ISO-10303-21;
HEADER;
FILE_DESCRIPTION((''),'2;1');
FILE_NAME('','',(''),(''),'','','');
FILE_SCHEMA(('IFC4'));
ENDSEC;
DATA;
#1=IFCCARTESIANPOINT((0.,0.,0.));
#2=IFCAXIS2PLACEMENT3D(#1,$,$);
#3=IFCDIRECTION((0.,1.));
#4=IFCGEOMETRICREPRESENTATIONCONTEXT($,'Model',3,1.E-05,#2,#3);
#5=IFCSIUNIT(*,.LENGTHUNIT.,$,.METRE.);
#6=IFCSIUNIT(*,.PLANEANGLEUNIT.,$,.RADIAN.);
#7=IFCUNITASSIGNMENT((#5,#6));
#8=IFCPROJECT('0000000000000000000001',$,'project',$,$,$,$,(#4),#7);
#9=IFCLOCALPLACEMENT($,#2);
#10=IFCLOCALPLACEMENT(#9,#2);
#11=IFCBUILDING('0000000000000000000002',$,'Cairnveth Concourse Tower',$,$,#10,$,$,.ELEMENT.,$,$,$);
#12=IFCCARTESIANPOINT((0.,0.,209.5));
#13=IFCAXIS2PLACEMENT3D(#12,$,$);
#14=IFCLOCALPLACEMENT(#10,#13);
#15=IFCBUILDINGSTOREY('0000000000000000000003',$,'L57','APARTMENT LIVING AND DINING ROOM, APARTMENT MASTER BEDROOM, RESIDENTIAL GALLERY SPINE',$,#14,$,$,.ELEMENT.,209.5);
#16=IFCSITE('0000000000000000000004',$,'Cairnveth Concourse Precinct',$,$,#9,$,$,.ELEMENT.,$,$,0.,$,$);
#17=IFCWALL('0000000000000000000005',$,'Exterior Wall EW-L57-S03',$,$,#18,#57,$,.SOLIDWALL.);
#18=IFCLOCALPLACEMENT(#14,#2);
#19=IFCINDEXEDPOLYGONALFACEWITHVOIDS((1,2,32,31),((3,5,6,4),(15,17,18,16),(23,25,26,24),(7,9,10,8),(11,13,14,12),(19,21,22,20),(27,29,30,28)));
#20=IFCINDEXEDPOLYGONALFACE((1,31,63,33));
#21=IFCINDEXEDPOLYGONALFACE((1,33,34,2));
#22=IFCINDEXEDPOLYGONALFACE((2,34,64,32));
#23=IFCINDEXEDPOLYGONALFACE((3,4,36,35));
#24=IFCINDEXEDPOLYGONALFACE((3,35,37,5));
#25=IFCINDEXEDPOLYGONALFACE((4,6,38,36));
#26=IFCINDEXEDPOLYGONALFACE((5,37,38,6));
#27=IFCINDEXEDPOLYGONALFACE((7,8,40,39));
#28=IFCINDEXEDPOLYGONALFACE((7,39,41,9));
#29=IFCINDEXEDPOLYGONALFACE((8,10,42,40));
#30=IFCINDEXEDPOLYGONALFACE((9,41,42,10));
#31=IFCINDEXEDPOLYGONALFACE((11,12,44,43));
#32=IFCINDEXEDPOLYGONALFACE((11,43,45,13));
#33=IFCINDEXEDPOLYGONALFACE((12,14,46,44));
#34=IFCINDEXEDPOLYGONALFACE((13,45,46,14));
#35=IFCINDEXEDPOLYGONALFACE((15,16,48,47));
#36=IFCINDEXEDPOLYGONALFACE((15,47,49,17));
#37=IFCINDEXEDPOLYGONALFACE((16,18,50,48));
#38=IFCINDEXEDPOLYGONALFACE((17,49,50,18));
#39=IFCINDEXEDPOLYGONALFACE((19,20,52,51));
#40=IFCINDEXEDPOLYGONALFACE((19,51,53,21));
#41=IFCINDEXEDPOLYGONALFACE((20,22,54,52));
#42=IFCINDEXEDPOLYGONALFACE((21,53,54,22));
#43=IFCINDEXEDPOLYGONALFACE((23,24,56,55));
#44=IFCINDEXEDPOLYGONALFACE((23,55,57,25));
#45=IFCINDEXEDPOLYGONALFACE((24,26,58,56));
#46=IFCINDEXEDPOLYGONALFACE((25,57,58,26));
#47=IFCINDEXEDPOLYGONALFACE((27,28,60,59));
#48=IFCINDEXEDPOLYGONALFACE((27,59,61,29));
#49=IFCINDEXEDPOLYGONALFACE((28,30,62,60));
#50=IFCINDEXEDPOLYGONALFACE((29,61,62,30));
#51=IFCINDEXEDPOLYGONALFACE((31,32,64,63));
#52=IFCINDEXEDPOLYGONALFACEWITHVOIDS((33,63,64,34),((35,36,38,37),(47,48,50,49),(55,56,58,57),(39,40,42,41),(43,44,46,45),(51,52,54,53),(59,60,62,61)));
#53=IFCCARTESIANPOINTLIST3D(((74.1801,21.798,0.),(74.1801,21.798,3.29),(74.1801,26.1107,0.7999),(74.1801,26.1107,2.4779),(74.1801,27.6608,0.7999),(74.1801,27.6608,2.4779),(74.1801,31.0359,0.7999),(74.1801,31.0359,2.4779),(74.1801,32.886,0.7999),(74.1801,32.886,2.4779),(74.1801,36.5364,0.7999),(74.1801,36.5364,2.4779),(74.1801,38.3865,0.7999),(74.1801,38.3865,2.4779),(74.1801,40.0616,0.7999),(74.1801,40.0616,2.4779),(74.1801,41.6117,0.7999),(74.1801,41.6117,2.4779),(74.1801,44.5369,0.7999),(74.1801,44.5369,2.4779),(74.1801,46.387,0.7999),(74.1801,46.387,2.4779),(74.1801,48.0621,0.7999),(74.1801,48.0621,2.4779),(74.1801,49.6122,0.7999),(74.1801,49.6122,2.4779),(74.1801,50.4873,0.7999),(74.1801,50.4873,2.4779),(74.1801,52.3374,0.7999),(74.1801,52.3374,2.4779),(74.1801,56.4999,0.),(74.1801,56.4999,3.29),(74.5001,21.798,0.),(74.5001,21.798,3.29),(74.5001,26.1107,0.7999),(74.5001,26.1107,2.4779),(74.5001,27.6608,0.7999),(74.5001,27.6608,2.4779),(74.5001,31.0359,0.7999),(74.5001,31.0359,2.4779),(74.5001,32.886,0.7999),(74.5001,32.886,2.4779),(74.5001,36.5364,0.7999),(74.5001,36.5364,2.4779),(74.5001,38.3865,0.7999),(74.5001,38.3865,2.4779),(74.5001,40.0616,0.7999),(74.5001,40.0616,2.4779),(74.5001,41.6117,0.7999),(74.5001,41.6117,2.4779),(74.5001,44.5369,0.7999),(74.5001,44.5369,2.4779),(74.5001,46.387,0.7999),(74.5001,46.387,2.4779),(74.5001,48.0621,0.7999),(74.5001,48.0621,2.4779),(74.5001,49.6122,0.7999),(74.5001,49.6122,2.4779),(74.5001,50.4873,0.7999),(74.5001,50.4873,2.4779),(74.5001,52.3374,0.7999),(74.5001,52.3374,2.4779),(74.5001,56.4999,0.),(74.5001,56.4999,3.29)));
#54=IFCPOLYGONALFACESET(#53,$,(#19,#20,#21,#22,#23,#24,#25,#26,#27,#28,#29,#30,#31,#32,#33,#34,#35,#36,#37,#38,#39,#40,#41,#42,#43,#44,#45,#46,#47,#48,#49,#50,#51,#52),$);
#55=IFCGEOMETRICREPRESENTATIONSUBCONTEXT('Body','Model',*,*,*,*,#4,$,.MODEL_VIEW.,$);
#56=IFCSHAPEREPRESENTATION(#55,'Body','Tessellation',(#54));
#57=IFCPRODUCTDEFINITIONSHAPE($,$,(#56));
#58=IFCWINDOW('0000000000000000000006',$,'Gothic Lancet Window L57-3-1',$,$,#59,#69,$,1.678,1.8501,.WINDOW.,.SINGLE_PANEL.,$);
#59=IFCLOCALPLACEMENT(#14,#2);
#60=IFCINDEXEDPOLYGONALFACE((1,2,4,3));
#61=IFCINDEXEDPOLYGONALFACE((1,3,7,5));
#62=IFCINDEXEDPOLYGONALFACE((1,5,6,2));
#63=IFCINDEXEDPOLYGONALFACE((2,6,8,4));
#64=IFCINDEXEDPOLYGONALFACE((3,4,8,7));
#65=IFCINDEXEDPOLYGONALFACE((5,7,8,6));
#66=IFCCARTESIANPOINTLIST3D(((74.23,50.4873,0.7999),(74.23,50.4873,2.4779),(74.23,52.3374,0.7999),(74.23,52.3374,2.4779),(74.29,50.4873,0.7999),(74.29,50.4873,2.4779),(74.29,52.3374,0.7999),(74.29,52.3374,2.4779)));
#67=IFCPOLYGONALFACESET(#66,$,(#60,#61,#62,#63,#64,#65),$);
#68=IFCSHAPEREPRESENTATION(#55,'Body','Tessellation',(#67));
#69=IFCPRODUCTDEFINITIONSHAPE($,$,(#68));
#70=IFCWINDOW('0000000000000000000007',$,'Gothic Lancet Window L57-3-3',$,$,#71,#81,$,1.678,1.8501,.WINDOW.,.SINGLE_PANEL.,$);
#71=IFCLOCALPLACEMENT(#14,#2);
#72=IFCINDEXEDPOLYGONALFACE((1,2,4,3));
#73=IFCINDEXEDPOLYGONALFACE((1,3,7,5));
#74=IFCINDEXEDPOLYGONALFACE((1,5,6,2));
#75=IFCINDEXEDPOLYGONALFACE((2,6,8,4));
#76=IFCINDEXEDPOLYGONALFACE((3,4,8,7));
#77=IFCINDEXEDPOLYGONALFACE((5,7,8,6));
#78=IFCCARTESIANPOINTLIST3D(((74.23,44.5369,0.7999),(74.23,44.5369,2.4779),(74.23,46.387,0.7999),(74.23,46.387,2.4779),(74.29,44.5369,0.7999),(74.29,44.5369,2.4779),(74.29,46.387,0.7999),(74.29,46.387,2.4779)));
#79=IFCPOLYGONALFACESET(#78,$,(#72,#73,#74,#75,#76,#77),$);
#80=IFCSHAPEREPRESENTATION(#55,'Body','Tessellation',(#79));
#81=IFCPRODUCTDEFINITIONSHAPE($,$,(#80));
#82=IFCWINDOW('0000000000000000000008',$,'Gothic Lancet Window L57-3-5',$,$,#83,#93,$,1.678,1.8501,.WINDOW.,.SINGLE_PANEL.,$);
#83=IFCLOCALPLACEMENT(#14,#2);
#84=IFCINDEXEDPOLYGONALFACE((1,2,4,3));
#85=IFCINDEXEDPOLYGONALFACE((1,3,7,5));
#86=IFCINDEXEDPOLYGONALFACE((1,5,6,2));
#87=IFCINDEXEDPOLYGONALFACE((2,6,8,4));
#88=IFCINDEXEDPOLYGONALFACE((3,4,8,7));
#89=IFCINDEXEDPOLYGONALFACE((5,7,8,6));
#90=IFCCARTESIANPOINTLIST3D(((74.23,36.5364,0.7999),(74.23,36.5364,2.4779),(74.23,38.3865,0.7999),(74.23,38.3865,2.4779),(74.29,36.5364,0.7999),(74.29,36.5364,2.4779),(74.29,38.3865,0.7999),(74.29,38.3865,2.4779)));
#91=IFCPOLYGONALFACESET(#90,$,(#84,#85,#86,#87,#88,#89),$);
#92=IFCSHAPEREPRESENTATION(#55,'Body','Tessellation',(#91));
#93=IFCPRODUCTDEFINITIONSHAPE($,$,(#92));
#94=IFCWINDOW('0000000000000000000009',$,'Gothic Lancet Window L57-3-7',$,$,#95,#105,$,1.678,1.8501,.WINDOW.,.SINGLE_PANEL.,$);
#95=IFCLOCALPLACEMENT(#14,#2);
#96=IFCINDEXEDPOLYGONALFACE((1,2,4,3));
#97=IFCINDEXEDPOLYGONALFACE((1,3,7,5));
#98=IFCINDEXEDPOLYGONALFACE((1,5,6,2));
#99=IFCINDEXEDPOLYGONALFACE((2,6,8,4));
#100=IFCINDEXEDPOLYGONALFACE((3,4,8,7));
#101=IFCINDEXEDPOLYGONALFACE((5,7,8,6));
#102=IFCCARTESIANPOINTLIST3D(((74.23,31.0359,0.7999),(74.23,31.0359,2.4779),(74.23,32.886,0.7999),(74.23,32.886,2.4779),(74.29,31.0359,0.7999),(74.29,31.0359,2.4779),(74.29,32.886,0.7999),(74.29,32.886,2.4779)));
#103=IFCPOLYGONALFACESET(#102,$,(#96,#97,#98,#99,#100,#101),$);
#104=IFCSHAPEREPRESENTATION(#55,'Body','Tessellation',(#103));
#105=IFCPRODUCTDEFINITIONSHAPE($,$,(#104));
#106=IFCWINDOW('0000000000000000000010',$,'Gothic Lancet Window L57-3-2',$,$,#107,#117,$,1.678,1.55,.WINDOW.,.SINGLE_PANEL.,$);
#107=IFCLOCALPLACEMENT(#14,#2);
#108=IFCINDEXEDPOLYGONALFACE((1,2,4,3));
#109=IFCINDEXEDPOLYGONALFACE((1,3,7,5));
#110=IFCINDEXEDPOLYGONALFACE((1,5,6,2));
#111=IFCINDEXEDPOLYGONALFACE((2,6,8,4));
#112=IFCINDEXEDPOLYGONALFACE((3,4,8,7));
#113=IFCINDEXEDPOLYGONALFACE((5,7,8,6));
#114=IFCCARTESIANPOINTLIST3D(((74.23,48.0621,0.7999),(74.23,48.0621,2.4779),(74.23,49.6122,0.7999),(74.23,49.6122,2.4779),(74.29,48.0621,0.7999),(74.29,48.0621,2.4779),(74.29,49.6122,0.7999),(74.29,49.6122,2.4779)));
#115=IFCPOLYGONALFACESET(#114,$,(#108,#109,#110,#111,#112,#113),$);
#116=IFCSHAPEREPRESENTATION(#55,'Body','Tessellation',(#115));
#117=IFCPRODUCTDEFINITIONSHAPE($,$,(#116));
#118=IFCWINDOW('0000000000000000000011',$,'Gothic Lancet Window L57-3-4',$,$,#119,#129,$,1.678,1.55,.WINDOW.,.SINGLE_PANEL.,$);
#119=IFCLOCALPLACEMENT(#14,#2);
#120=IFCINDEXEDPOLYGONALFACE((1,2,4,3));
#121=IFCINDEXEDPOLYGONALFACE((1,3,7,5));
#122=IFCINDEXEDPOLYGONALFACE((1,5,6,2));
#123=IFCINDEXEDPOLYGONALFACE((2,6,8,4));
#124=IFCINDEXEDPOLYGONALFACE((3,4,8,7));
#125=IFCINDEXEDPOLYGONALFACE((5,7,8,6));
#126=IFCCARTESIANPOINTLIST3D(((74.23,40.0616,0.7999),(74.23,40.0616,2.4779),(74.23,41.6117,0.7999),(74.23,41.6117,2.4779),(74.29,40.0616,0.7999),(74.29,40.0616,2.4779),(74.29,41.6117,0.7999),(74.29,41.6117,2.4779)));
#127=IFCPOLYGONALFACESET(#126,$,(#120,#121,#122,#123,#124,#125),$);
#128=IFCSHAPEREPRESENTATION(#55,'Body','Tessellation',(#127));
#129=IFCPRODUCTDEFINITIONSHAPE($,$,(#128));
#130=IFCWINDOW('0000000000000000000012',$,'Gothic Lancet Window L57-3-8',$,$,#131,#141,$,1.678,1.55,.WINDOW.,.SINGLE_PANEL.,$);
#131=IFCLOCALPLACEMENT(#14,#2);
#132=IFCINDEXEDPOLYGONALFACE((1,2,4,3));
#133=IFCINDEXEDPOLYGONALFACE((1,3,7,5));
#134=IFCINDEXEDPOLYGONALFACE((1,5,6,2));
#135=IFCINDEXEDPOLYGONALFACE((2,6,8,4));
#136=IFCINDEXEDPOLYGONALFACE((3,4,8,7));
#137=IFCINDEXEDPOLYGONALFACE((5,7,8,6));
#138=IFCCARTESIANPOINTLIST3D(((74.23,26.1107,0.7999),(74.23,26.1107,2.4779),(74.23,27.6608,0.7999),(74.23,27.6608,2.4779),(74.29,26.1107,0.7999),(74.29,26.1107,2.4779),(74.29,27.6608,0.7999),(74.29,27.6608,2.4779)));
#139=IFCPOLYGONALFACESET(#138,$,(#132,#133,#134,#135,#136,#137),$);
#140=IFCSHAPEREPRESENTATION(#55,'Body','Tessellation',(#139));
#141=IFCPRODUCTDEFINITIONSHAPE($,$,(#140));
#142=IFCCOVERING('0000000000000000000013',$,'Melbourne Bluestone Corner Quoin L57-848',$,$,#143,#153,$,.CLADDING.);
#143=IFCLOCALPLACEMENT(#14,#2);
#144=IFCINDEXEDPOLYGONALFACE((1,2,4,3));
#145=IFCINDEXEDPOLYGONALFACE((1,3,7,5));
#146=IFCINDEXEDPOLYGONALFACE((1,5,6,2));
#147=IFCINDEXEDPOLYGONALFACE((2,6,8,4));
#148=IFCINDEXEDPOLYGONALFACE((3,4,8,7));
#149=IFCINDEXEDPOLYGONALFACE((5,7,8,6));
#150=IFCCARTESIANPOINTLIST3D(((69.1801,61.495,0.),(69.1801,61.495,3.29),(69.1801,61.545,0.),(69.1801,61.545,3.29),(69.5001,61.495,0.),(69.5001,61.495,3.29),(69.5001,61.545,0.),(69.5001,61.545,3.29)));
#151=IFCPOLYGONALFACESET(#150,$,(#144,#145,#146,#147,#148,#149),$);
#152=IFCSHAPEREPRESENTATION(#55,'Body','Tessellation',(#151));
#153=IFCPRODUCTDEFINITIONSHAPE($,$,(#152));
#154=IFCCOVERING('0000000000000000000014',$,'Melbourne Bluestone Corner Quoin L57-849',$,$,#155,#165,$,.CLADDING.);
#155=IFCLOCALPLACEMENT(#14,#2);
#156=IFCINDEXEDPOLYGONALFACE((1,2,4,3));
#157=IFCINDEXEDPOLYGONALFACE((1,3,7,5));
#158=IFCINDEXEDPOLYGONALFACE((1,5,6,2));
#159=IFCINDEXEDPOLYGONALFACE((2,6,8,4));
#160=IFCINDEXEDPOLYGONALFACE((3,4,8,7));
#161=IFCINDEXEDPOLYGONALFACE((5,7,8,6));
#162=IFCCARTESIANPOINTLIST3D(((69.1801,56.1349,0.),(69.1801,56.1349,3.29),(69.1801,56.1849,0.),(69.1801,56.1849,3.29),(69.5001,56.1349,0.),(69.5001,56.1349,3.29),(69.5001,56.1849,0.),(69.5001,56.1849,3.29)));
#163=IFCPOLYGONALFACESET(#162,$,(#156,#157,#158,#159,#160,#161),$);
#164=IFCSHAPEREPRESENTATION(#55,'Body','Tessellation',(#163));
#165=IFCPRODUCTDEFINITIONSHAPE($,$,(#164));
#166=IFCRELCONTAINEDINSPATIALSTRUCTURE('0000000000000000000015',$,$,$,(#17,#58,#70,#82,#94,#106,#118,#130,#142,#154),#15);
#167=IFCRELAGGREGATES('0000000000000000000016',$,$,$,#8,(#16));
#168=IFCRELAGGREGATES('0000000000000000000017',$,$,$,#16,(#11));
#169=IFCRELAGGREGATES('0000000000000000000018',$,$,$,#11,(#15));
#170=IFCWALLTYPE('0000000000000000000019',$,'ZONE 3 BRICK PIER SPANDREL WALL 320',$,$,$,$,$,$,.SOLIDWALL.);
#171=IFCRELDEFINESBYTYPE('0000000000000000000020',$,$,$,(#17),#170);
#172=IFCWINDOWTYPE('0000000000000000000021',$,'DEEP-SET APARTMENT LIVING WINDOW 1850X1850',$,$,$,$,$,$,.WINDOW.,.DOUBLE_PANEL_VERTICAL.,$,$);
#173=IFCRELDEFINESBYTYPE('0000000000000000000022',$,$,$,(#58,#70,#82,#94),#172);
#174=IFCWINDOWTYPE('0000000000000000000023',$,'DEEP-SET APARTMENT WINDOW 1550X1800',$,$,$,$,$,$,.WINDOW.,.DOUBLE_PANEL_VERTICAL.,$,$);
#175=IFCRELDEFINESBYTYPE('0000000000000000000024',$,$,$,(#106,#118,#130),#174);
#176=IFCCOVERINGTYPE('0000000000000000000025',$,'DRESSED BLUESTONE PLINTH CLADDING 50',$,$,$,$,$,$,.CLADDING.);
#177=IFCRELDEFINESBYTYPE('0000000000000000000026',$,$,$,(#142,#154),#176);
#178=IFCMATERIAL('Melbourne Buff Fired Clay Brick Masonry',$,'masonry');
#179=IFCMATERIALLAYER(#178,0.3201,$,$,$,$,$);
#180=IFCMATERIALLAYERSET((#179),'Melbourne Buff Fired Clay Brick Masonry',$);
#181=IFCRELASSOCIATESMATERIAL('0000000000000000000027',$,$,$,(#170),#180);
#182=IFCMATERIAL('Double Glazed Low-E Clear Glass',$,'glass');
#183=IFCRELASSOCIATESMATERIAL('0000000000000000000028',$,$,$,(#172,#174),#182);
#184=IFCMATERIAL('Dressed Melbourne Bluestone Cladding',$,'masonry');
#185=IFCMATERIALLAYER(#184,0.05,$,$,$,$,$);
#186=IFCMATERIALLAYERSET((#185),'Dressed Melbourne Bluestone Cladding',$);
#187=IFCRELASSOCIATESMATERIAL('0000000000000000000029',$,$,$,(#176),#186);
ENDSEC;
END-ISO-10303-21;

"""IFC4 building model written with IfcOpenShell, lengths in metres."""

from ifc_helpers import new_model, si_unit, direction, frame, frame_2d, origin, place, context, subcontext, project, spatial, rectangle, extrude, material, layer, layer_set, type_object, element, fill, save


model = new_model("IFC4")

# Units and contexts
model_context = context("Model", 3, precision=1e-05, world=origin(), true_north=direction((0.0, 1.0)))
body_context = subcontext(model_context, "Body", "Model", "MODEL_VIEW")
ifc_project = project(units=[si_unit("LENGTHUNIT", "METRE"), si_unit("PLANEANGLEUNIT", "RADIAN")], contexts=[model_context])

# Site, building, storey
site_placement = place(None, origin())
site = spatial("IfcSite", under=ifc_project, at=site_placement, Name="Cairnveth Concourse Precinct", CompositionType="ELEMENT", RefElevation=0.0)
building_placement = place(site_placement, origin())
building = spatial("IfcBuilding", under=site, at=building_placement, Name="Cairnveth Concourse Tower", CompositionType="ELEMENT")
storey_placement = place(building_placement, frame((0.0, 0.0, 209.5)))
storey = spatial("IfcBuildingStorey", under=building, at=storey_placement, Name="L57", Description="APARTMENT LIVING AND DINING ROOM, APARTMENT MASTER BEDROOM, RESIDENTIAL GALLERY SPINE", CompositionType="ELEMENT", Elevation=209.5)

# Shared definitions
ifc_material_1 = material(Name="Melbourne Buff Fired Clay Brick Masonry", Category="masonry")
ifc_layer_1 = layer(ifc_material_1, 0.3201)
ifc_layer_set_1 = layer_set([ifc_layer_1], Name="Melbourne Buff Fired Clay Brick Masonry")
wall_type = type_object("IfcWallType", Name="ZONE 3 BRICK PIER SPANDREL WALL 320", PredefinedType="SOLIDWALL", material=ifc_layer_set_1)
ifc_material_2 = material(Name="Double Glazed Low-E Clear Glass", Category="glass")

# Wall, openings, windows
wall_1_placement = place(storey_placement, frame((74.3401, 56.5, 0.0), z_axis=(0.0, 0.0, 1.0), x_axis=(0.0, -1.0, 0.0)))
wall_1 = element("IfcWall", 1, at=wall_1_placement, inside=storey, type_object=wall_type, Name="Exterior Wall EW-L57-S03", PredefinedType="SOLIDWALL", context=body_context, shape_type="SweptSolid", body=[
    extrude(rectangle(XDim=34.7019, YDim=0.3201, at=frame_2d((17.3511, 0.0))), origin(), (0.0, 0.0, 1.0), 3.29),
])
opening_1_placement = place(wall_1_placement, frame((4.1626, 0.0, 0.8)))
opening_1 = element("IfcOpeningElement", 2, at=opening_1_placement, cuts=wall_1, PredefinedType="OPENING", context=body_context, shape_type="SweptSolid", body=[
    extrude(rectangle(XDim=1.8501, YDim=1.678, at=frame_2d((0.925, 0.8389))), frame((0.0, 0.1699, 0.0), z_axis=(0.0, -1.0, 0.0), x_axis=(1.0, 0.0, 0.0)), (0.0, 0.0, 1.0), 0.3401),
])
opening_2_placement = place(wall_1_placement, frame((6.8879, 0.0, 0.8)))
opening_2 = element("IfcOpeningElement", 3, at=opening_2_placement, cuts=wall_1, PredefinedType="OPENING", context=body_context, shape_type="SweptSolid", body=[
    extrude(rectangle(XDim=1.55, YDim=1.678, at=frame_2d((0.7749, 0.8389))), frame((0.0, 0.1699, 0.0), z_axis=(0.0, -1.0, 0.0), x_axis=(1.0, 0.0, 0.0)), (0.0, 0.0, 1.0), 0.3401),
])
opening_3_placement = place(wall_1_placement, frame((10.113, 0.0, 0.8)))
opening_3 = element("IfcOpeningElement", 4, at=opening_3_placement, cuts=wall_1, PredefinedType="OPENING", context=body_context, shape_type="SweptSolid", body=[
    extrude(rectangle(XDim=1.8501, YDim=1.678, at=frame_2d((0.925, 0.8389))), frame((0.0, 0.1699, 0.0), z_axis=(0.0, -1.0, 0.0), x_axis=(1.0, 0.0, 0.0)), (0.0, 0.0, 1.0), 0.3401),
])
opening_4_placement = place(wall_1_placement, frame((14.8884, 0.0, 0.8)))
opening_4 = element("IfcOpeningElement", 5, at=opening_4_placement, cuts=wall_1, PredefinedType="OPENING", context=body_context, shape_type="SweptSolid", body=[
    extrude(rectangle(XDim=1.55, YDim=1.678, at=frame_2d((0.7749, 0.8389))), frame((0.0, 0.1699, 0.0), z_axis=(0.0, -1.0, 0.0), x_axis=(1.0, 0.0, 0.0)), (0.0, 0.0, 1.0), 0.3401),
])
opening_5_placement = place(wall_1_placement, frame((18.1135, 0.0, 0.8)))
opening_5 = element("IfcOpeningElement", 6, at=opening_5_placement, cuts=wall_1, PredefinedType="OPENING", context=body_context, shape_type="SweptSolid", body=[
    extrude(rectangle(XDim=1.8501, YDim=1.678, at=frame_2d((0.925, 0.8389))), frame((0.0, 0.1699, 0.0), z_axis=(0.0, -1.0, 0.0), x_axis=(1.0, 0.0, 0.0)), (0.0, 0.0, 1.0), 0.3401),
])
opening_6_placement = place(wall_1_placement, frame((23.614, 0.0, 0.8)))
opening_6 = element("IfcOpeningElement", 7, at=opening_6_placement, cuts=wall_1, PredefinedType="OPENING", context=body_context, shape_type="SweptSolid", body=[
    extrude(rectangle(XDim=1.8501, YDim=1.678, at=frame_2d((0.925, 0.8389))), frame((0.0, 0.1699, 0.0), z_axis=(0.0, -1.0, 0.0), x_axis=(1.0, 0.0, 0.0)), (0.0, 0.0, 1.0), 0.3401),
])
opening_7_placement = place(wall_1_placement, frame((28.8394, 0.0, 0.8)))
opening_7 = element("IfcOpeningElement", 8, at=opening_7_placement, cuts=wall_1, PredefinedType="OPENING", context=body_context, shape_type="SweptSolid", body=[
    extrude(rectangle(XDim=1.55, YDim=1.678, at=frame_2d((0.7749, 0.8389))), frame((0.0, 0.1699, 0.0), z_axis=(0.0, -1.0, 0.0), x_axis=(1.0, 0.0, 0.0)), (0.0, 0.0, 1.0), 0.3401),
])
window_type_1 = type_object("IfcWindowType", Name="DEEP-SET APARTMENT LIVING WINDOW 1850X1850", PartitioningType="DOUBLE_PANEL_VERTICAL", PredefinedType="WINDOW", material=ifc_material_2)
window_1_placement = place(opening_1_placement, origin())
window_1 = element("IfcWindow", 9, at=window_1_placement, inside=storey, type_object=window_type_1, Name="Gothic Lancet Window L57-3-1", OverallHeight=1.678, OverallWidth=1.8501, PartitioningType="SINGLE_PANEL", PredefinedType="WINDOW", context=body_context, shape_type="SweptSolid", body=[
    extrude(rectangle(XDim=1.8501, YDim=1.678, at=frame_2d((0.925, 0.8389))), frame((0.0, -0.05, 0.0), z_axis=(0.0, -1.0, 0.0), x_axis=(1.0, 0.0, 0.0)), (0.0, 0.0, 1.0), 0.0601),
])
fill(opening_1, window_1)
window_2_placement = place(opening_3_placement, origin())
window_2 = element("IfcWindow", 10, at=window_2_placement, inside=storey, type_object=window_type_1, Name="Gothic Lancet Window L57-3-3", OverallHeight=1.678, OverallWidth=1.8501, PartitioningType="SINGLE_PANEL", PredefinedType="WINDOW", context=body_context, shape_type="SweptSolid", body=[
    extrude(rectangle(XDim=1.8501, YDim=1.678, at=frame_2d((0.925, 0.8389))), frame((0.0, -0.05, 0.0), z_axis=(0.0, -1.0, 0.0), x_axis=(1.0, 0.0, 0.0)), (0.0, 0.0, 1.0), 0.0601),
])
fill(opening_3, window_2)
window_3_placement = place(opening_5_placement, origin())
window_3 = element("IfcWindow", 11, at=window_3_placement, inside=storey, type_object=window_type_1, Name="Gothic Lancet Window L57-3-5", OverallHeight=1.678, OverallWidth=1.8501, PartitioningType="SINGLE_PANEL", PredefinedType="WINDOW", context=body_context, shape_type="SweptSolid", body=[
    extrude(rectangle(XDim=1.8501, YDim=1.678, at=frame_2d((0.925, 0.8389))), frame((0.0, -0.05, 0.0), z_axis=(0.0, -1.0, 0.0), x_axis=(1.0, 0.0, 0.0)), (0.0, 0.0, 1.0), 0.0601),
])
fill(opening_5, window_3)
window_4_placement = place(opening_6_placement, origin())
window_4 = element("IfcWindow", 12, at=window_4_placement, inside=storey, type_object=window_type_1, Name="Gothic Lancet Window L57-3-7", OverallHeight=1.678, OverallWidth=1.8501, PartitioningType="SINGLE_PANEL", PredefinedType="WINDOW", context=body_context, shape_type="SweptSolid", body=[
    extrude(rectangle(XDim=1.8501, YDim=1.678, at=frame_2d((0.925, 0.8389))), frame((0.0, -0.05, 0.0), z_axis=(0.0, -1.0, 0.0), x_axis=(1.0, 0.0, 0.0)), (0.0, 0.0, 1.0), 0.0601),
])
fill(opening_6, window_4)
window_type_2 = type_object("IfcWindowType", Name="DEEP-SET APARTMENT WINDOW 1550X1800", PartitioningType="DOUBLE_PANEL_VERTICAL", PredefinedType="WINDOW", material=ifc_material_2)
window_5_placement = place(opening_2_placement, origin())
window_5 = element("IfcWindow", 13, at=window_5_placement, inside=storey, type_object=window_type_2, Name="Gothic Lancet Window L57-3-2", OverallHeight=1.678, OverallWidth=1.55, PartitioningType="SINGLE_PANEL", PredefinedType="WINDOW", context=body_context, shape_type="SweptSolid", body=[
    extrude(rectangle(XDim=1.55, YDim=1.678, at=frame_2d((0.7749, 0.8389))), frame((0.0, -0.05, 0.0), z_axis=(0.0, -1.0, 0.0), x_axis=(1.0, 0.0, 0.0)), (0.0, 0.0, 1.0), 0.0601),
])
fill(opening_2, window_5)
window_6_placement = place(opening_4_placement, origin())
window_6 = element("IfcWindow", 14, at=window_6_placement, inside=storey, type_object=window_type_2, Name="Gothic Lancet Window L57-3-4", OverallHeight=1.678, OverallWidth=1.55, PartitioningType="SINGLE_PANEL", PredefinedType="WINDOW", context=body_context, shape_type="SweptSolid", body=[
    extrude(rectangle(XDim=1.55, YDim=1.678, at=frame_2d((0.7749, 0.8389))), frame((0.0, -0.05, 0.0), z_axis=(0.0, -1.0, 0.0), x_axis=(1.0, 0.0, 0.0)), (0.0, 0.0, 1.0), 0.0601),
])
fill(opening_4, window_6)
window_7_placement = place(opening_7_placement, origin())
window_7 = element("IfcWindow", 15, at=window_7_placement, inside=storey, type_object=window_type_2, Name="Gothic Lancet Window L57-3-8", OverallHeight=1.678, OverallWidth=1.55, PartitioningType="SINGLE_PANEL", PredefinedType="WINDOW", context=body_context, shape_type="SweptSolid", body=[
    extrude(rectangle(XDim=1.55, YDim=1.678, at=frame_2d((0.7749, 0.8389))), frame((0.0, -0.05, 0.0), z_axis=(0.0, -1.0, 0.0), x_axis=(1.0, 0.0, 0.0)), (0.0, 0.0, 1.0), 0.0601),
])
fill(opening_7, window_7)

# Coverings
ifc_material_3 = material(Name="Dressed Melbourne Bluestone Cladding", Category="masonry")
ifc_layer_2 = layer(ifc_material_3, 0.05)
ifc_layer_set_2 = layer_set([ifc_layer_2], Name="Dressed Melbourne Bluestone Cladding")
covering_type = type_object("IfcCoveringType", Name="DRESSED BLUESTONE PLINTH CLADDING 50", PredefinedType="CLADDING", material=ifc_layer_set_2)
for number, where, z_axis, x_axis, name in (
    (16, (69.1799, 61.52, 0.0), (0.0, 0.0, 1.0), (1.0, 0.0, 0.0), "Melbourne Bluestone Corner Quoin L57-848"),
    (17, (69.1799, 56.1599, 0.0), (0.0, 0.0, 1.0), (1.0, 0.0, 0.0), "Melbourne Bluestone Corner Quoin L57-849"),
):
    element("IfcCovering", number, at=place(storey_placement, frame(where, z_axis=z_axis, x_axis=x_axis)), inside=storey, type_object=covering_type, Name=name, PredefinedType="CLADDING", context=body_context, shape_type="SweptSolid", body=[
        extrude(rectangle(XDim=0.3201, YDim=0.05, at=frame_2d((0.1602, 0.0))), origin(), (0.0, 0.0, 1.0), 3.29),
    ])

save(model, "model.ifc")
